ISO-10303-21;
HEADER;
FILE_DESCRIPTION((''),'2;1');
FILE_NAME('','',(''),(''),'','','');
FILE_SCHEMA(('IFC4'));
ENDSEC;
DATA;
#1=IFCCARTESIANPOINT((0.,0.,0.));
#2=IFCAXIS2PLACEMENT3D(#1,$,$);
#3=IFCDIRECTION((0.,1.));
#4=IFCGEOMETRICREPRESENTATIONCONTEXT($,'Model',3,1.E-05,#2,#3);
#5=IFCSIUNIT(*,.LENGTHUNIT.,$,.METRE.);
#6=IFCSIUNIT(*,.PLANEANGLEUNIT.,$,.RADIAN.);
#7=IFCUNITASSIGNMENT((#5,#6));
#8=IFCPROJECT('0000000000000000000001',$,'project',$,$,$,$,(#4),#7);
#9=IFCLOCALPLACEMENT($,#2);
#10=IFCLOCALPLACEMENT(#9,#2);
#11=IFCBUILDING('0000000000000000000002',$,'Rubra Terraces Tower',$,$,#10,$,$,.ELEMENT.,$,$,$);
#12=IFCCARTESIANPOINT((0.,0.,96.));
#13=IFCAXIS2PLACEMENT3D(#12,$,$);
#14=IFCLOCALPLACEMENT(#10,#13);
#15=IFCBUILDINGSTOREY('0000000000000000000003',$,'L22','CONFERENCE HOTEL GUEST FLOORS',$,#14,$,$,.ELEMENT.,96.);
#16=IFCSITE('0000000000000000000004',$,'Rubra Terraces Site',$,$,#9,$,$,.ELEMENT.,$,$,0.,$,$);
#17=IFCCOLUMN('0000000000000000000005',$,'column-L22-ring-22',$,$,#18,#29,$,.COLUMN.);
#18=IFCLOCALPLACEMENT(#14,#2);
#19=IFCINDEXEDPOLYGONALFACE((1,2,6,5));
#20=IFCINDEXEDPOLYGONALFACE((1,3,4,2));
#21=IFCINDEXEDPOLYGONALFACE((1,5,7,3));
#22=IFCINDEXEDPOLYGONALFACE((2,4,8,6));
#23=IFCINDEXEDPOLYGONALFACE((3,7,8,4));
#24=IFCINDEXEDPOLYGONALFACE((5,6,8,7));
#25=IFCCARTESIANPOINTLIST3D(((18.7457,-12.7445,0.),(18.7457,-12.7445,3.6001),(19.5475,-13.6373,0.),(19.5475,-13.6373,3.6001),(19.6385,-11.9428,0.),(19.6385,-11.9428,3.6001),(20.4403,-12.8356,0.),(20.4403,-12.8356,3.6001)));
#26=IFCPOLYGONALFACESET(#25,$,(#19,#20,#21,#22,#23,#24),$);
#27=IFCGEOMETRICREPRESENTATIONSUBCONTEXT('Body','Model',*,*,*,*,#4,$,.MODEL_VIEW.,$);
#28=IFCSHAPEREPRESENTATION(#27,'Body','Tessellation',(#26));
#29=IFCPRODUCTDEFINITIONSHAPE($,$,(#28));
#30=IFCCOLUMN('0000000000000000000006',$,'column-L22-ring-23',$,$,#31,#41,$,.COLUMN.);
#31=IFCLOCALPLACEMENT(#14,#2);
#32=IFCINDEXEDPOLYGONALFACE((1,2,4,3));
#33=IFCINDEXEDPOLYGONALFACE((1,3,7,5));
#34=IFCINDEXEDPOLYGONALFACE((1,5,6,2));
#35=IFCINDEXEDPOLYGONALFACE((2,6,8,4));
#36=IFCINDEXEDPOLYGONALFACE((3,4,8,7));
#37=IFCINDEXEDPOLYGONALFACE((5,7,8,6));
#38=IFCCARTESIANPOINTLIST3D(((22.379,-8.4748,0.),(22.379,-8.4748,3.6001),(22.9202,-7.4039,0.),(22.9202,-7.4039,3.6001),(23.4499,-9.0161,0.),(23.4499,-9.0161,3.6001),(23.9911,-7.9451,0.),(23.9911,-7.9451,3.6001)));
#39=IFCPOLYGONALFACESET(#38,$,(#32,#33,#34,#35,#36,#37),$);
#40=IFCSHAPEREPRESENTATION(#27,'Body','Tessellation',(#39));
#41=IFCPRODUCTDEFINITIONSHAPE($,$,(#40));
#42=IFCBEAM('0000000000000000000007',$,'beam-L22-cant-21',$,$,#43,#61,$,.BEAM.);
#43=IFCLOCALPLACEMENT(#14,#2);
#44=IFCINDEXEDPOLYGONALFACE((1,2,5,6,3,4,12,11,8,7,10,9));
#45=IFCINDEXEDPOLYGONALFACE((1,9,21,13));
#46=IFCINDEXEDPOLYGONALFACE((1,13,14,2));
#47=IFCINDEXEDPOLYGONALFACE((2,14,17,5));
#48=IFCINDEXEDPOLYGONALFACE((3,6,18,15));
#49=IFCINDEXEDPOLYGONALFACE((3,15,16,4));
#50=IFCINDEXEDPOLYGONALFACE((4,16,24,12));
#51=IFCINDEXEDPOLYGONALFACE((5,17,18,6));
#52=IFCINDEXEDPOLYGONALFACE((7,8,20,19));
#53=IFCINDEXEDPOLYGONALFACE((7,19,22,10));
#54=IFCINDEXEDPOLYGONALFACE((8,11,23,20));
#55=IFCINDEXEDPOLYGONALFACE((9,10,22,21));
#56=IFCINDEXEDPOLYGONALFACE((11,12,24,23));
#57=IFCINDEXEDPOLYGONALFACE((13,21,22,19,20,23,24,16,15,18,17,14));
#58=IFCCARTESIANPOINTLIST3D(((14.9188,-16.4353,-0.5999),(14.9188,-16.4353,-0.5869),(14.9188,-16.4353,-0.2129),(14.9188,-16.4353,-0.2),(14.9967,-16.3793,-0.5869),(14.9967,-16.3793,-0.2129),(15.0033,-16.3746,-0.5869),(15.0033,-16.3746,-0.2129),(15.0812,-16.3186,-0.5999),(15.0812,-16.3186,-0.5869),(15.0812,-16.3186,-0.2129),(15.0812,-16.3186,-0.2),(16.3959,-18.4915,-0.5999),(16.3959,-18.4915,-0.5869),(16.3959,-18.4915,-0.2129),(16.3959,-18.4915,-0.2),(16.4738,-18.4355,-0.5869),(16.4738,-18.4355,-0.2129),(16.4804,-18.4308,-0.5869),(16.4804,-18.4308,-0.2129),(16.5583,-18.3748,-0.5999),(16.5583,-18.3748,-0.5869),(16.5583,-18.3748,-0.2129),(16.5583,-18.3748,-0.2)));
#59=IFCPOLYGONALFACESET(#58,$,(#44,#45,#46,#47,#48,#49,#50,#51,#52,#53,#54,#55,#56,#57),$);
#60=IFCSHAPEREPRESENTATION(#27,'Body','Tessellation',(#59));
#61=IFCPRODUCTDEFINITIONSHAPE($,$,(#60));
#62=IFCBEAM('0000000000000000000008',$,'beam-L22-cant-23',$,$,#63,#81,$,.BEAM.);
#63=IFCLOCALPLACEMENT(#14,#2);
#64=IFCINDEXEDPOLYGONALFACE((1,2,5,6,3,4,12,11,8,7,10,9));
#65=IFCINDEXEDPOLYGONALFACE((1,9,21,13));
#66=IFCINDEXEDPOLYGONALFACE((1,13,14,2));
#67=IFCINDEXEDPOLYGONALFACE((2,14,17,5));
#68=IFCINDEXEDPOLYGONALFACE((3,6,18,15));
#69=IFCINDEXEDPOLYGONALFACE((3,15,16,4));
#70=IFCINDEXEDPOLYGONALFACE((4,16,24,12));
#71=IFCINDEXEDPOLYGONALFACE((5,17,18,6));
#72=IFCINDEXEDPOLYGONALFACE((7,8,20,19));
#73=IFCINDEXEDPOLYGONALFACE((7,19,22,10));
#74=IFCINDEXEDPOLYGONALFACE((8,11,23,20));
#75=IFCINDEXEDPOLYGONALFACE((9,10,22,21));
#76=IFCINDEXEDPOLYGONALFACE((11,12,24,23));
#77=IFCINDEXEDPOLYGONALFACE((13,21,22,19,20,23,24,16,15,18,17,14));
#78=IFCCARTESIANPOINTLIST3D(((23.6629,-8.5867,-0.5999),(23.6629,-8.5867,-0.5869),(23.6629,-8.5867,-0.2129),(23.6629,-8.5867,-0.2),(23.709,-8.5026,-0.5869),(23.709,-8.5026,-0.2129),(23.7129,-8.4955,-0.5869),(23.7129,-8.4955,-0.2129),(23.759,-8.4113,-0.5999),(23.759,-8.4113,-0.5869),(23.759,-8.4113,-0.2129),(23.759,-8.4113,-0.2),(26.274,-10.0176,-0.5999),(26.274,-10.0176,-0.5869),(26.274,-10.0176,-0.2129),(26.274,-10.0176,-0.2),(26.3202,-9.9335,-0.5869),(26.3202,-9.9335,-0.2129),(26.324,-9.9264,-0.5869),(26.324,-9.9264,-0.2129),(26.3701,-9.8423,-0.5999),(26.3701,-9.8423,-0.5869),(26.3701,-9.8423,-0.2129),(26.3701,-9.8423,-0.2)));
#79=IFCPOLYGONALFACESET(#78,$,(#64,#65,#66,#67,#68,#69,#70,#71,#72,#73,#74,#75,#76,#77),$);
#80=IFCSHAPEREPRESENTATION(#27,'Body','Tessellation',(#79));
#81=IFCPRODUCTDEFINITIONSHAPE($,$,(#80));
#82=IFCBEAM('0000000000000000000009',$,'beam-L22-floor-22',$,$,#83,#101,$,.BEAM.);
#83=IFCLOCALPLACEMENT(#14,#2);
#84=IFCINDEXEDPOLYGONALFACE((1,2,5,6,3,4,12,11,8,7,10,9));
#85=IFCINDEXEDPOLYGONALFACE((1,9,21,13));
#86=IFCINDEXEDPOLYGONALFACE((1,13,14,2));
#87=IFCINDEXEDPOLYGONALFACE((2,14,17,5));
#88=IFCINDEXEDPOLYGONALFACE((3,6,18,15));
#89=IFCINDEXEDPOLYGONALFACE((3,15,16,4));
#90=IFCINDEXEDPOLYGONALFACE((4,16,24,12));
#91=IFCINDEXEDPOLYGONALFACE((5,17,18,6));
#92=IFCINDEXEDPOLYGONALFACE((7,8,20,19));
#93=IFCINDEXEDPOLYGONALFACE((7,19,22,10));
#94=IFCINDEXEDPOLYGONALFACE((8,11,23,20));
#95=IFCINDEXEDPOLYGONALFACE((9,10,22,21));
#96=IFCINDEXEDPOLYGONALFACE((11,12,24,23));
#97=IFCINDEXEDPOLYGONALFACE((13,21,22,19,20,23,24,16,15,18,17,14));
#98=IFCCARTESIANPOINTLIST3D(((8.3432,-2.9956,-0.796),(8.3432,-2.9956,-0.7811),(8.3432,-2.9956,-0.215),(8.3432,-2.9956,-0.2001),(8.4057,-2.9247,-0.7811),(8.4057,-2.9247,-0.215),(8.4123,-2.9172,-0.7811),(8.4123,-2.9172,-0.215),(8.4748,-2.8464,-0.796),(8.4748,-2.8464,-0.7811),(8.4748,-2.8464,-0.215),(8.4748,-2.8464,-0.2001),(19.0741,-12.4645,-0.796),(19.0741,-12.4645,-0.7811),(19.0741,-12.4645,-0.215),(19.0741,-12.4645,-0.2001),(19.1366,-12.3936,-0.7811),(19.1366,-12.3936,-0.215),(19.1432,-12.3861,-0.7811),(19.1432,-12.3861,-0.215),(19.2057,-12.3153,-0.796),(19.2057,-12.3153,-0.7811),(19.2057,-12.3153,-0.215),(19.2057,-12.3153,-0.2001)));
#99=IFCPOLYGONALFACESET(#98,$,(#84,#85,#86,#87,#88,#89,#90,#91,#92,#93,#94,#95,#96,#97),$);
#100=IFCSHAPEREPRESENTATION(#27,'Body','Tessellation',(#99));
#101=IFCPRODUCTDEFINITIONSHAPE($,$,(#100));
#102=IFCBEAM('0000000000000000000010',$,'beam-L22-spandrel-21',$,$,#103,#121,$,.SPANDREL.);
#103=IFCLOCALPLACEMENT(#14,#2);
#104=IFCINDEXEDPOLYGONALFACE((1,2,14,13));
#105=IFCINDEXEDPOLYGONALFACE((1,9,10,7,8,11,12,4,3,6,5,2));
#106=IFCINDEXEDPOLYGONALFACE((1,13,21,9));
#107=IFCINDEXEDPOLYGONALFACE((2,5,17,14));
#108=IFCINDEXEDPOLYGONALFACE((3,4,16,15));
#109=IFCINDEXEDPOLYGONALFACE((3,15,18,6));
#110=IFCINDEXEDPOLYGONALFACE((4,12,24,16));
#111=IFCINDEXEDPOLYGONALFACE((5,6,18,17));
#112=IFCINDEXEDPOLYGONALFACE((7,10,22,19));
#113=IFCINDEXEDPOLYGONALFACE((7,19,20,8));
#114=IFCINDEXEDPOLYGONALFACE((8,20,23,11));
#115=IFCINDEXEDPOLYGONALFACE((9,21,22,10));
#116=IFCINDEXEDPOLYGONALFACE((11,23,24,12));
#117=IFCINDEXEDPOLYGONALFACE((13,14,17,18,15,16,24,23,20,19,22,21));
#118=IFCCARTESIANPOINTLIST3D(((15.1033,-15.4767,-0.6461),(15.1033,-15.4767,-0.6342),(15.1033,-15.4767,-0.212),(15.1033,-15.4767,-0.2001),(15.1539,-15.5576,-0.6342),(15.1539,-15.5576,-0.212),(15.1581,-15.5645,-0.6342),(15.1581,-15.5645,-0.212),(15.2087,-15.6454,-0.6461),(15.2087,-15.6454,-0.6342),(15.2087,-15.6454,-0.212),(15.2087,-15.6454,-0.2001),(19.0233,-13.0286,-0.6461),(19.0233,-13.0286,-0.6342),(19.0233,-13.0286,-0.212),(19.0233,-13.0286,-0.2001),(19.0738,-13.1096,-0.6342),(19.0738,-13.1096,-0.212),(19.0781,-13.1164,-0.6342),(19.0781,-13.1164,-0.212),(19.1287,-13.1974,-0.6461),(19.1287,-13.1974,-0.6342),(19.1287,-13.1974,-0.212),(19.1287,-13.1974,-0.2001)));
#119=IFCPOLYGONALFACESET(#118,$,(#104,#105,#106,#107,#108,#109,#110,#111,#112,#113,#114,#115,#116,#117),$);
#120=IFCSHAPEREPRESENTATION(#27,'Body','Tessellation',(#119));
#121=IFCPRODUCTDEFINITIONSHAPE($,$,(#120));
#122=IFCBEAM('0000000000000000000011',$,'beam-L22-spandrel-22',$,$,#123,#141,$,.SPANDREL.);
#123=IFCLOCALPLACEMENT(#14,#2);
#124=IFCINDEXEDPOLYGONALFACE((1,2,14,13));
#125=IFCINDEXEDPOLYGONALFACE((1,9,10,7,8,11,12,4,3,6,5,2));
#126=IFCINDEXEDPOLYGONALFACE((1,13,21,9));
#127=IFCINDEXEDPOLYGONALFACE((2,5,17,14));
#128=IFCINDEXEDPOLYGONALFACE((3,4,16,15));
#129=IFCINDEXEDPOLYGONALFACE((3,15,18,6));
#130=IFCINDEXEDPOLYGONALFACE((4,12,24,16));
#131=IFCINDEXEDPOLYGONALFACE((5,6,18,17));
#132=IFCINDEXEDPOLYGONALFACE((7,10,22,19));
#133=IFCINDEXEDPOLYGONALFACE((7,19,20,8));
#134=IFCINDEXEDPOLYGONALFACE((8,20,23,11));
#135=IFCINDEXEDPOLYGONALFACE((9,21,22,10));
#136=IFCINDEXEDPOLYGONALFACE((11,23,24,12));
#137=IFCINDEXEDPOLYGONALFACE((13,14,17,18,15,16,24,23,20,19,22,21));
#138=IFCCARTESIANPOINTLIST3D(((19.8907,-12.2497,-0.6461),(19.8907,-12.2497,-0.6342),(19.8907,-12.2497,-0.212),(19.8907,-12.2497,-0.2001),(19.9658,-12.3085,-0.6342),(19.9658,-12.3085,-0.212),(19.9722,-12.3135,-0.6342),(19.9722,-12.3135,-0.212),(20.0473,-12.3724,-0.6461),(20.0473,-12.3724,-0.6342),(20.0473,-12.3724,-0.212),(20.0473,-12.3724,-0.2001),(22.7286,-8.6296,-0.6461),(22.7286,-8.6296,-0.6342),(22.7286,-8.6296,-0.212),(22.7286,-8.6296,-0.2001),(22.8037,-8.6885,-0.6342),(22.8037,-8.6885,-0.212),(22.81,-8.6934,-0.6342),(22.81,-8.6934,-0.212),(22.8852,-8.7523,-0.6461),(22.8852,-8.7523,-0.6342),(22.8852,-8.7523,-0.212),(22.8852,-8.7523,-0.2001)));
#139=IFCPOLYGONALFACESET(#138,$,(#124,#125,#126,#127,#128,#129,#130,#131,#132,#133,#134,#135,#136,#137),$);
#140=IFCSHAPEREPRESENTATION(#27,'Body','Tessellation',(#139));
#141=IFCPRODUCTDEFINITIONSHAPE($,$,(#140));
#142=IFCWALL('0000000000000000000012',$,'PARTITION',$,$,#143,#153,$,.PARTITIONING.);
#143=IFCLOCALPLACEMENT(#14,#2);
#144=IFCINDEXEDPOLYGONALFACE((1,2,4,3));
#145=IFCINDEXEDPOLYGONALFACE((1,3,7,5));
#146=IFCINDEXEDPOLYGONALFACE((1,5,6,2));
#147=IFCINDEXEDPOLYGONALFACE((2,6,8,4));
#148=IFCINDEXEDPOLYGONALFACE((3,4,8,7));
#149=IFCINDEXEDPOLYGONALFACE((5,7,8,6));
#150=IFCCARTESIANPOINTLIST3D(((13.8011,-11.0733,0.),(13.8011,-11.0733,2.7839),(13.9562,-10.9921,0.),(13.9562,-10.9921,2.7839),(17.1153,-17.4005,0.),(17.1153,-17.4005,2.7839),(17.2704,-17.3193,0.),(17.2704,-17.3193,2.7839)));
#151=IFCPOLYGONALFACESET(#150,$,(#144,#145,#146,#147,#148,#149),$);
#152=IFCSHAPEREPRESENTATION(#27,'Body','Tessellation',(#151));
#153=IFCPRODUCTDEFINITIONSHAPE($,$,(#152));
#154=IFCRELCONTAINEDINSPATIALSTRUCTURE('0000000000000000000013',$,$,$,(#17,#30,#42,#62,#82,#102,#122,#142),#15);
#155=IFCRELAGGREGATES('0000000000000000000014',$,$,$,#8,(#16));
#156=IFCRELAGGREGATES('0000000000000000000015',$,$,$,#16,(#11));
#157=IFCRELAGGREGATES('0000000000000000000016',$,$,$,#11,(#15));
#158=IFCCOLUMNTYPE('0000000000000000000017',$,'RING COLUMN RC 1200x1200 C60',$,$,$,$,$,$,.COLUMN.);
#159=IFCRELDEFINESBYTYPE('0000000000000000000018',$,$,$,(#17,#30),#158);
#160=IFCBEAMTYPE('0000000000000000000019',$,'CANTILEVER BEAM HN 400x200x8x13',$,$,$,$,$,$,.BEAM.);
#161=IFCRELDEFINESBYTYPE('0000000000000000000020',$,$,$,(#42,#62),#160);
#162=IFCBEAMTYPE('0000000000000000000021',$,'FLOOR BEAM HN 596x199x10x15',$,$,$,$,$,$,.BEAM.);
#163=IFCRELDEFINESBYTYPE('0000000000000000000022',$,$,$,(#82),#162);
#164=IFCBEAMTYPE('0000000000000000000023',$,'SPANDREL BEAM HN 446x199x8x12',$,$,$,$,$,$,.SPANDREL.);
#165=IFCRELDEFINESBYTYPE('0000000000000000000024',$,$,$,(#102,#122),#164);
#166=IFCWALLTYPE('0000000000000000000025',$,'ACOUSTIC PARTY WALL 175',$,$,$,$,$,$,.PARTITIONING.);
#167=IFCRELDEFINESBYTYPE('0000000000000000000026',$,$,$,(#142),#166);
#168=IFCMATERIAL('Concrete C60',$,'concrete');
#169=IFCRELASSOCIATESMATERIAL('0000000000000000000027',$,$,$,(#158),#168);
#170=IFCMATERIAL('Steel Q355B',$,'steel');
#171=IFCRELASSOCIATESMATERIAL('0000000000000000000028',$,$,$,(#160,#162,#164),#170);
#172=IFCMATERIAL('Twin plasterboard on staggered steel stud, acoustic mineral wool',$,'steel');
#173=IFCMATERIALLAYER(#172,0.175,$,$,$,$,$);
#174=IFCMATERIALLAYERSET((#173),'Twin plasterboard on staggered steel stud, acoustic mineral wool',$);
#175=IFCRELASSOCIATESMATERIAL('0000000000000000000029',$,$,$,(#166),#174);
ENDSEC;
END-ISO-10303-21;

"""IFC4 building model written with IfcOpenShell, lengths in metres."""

from ifc_helpers import new_model, si_unit, direction, frame, frame_2d, origin, origin_2d, place, context, subcontext, project, spatial, rectangle, i_section, extrude, material, layer, layer_set, material_profile, profile_set, type_object, element, save


model = new_model("IFC4")

# Units and contexts
model_context = context("Model", 3, precision=1e-05, world=origin(), true_north=direction((0.0, 1.0)))
body_context = subcontext(model_context, "Body", "Model", "MODEL_VIEW")
ifc_project = project(units=[si_unit("LENGTHUNIT", "METRE"), si_unit("PLANEANGLEUNIT", "RADIAN")], contexts=[model_context])

# Site, building, storey
site_placement = place(None, origin())
site = spatial("IfcSite", under=ifc_project, at=site_placement, Name="Rubra Terraces Site", CompositionType="ELEMENT", RefElevation=0.0)
building_placement = place(site_placement, origin())
building = spatial("IfcBuilding", under=site, at=building_placement, Name="Rubra Terraces Tower", CompositionType="ELEMENT")
storey_placement = place(building_placement, frame((0.0, 0.0, 96.0)))
storey = spatial("IfcBuildingStorey", under=building, at=storey_placement, Name="L22", Description="CONFERENCE HOTEL GUEST FLOORS", CompositionType="ELEMENT", Elevation=96.0)

# Columns
ifc_material_1 = material(Name="Concrete C60", Category="concrete")
ifc_material_profile_1 = material_profile(ifc_material_1, rectangle(XDim=1.2, YDim=1.2, at=origin_2d()), Name="RC 1200x1200")
ifc_profile_set_1 = profile_set([ifc_material_profile_1], Name="Concrete C60")
column_type = type_object("IfcColumnType", Name="RING COLUMN RC 1200x1200 C60", PredefinedType="COLUMN", material=ifc_profile_set_1)
for number, where, z_axis, x_axis, name in (
    (1, (19.593, -12.79, 0.0), (0.0, 0.0, 1.0), (0.744021, 0.668156, 0.0), "column-L22-ring-22"),
    (2, (23.1851, -8.21, 0.0), (0.0, 0.0, 1.0), (0.451028, 0.89251, 0.0), "column-L22-ring-23"),
):
    element("IfcColumn", number, at=place(storey_placement, frame(where, z_axis=z_axis, x_axis=x_axis)), inside=storey, type_object=column_type, Name=name, PredefinedType="COLUMN", context=body_context, shape_type="SweptSolid", body=[
        extrude(rectangle(XDim=1.2, YDim=1.2, at=origin_2d()), origin(), (0.0, 0.0, 1.0), 3.6001),
    ])

# Beams
ifc_material_2 = material(Name="Steel Q355B", Category="steel")
ifc_material_profile_2 = material_profile(ifc_material_2, i_section(OverallWidth=0.2, OverallDepth=0.3999, WebThickness=0.0081, FlangeThickness=0.0129, at=origin_2d()), Name="HN 400x200x8x13")
ifc_profile_set_2 = profile_set([ifc_material_profile_2], Name="Steel Q355B")
beam_type_1 = type_object("IfcBeamType", Name="CANTILEVER BEAM HN 400x200x8x13", PredefinedType="BEAM", material=ifc_profile_set_2)
beam_1_placement = place(storey_placement, frame((15.0, -16.377, -0.3999), z_axis=(0.583425, -0.812167, 0.0), x_axis=(0.812167, 0.583425, 0.0)))
element("IfcBeam", 3, at=beam_1_placement, inside=storey, type_object=beam_type_1, Name="beam-L22-cant-21", PredefinedType="BEAM", context=body_context, shape_type="SweptSolid", body=[
    extrude(i_section(OverallWidth=0.2, OverallDepth=0.3999, WebThickness=0.0081, FlangeThickness=0.0129, at=origin_2d()), origin(), (0.0, 0.0, 1.0), 2.5317),
])
beam_2_placement = place(storey_placement, frame((23.7109, -8.499, -0.3999), z_axis=(0.876951, -0.48058, 0.0), x_axis=(0.48058, 0.876951, 0.0)))
element("IfcBeam", 4, at=beam_2_placement, inside=storey, type_object=beam_type_1, Name="beam-L22-cant-23", PredefinedType="BEAM", context=body_context, shape_type="SweptSolid", body=[
    extrude(i_section(OverallWidth=0.2, OverallDepth=0.3999, WebThickness=0.0081, FlangeThickness=0.0129, at=origin_2d()), origin(), (0.0, 0.0, 1.0), 2.9775),
])
ifc_material_profile_3 = material_profile(ifc_material_2, i_section(OverallWidth=0.199, OverallDepth=0.5959, WebThickness=0.01, FlangeThickness=0.0149, at=origin_2d()), Name="HN 596x199x10x15")
ifc_profile_set_3 = profile_set([ifc_material_profile_3], Name="Steel Q355B")
beam_type_2 = type_object("IfcBeamType", Name="FLOOR BEAM HN 596x199x10x15", PredefinedType="BEAM", material=ifc_profile_set_3)
beam_3_placement = place(storey_placement, frame((19.1399, -12.3899, -0.498), z_axis=(-0.74982, 0.661641, 0.0), x_axis=(-0.661641, -0.74982, 0.0)))
element("IfcBeam", 5, at=beam_3_placement, inside=storey, type_object=beam_type_2, Name="beam-L22-floor-22", PredefinedType="BEAM", context=body_context, shape_type="SweptSolid", body=[
    extrude(i_section(OverallWidth=0.199, OverallDepth=0.5959, WebThickness=0.01, FlangeThickness=0.0149, at=origin_2d()), origin(), (0.0, 0.0, 1.0), 14.3113),
])
ifc_material_profile_4 = material_profile(ifc_material_2, i_section(OverallWidth=0.199, OverallDepth=0.446, WebThickness=0.0081, FlangeThickness=0.012, at=origin_2d()), Name="HN 446x199x8x12")
ifc_profile_set_4 = profile_set([ifc_material_profile_4], Name="Steel Q355B")
beam_type_3 = type_object("IfcBeamType", Name="SPANDREL BEAM HN 446x199x8x12", PredefinedType="SPANDREL", material=ifc_profile_set_4)
beam_4_placement = place(storey_placement, frame((15.156, -15.561, -0.4231), z_axis=(0.848188, 0.529695, 0.0), x_axis=(-0.529695, 0.848188, 0.0)))
element("IfcBeam", 6, at=beam_4_placement, inside=storey, type_object=beam_type_3, Name="beam-L22-spandrel-21", PredefinedType="SPANDREL", context=body_context, shape_type="SweptSolid", body=[
    extrude(i_section(OverallWidth=0.199, OverallDepth=0.446, WebThickness=0.0081, FlangeThickness=0.012, at=origin_2d()), origin(), (0.0, 0.0, 1.0), 4.6216),
])
beam_5_placement = place(storey_placement, frame((19.969, -12.311, -0.4231), z_axis=(0.616949, 0.787003, 0.0), x_axis=(-0.787003, 0.616949, 0.0)))
element("IfcBeam", 7, at=beam_5_placement, inside=storey, type_object=beam_type_3, Name="beam-L22-spandrel-22", PredefinedType="SPANDREL", context=body_context, shape_type="SweptSolid", body=[
    extrude(i_section(OverallWidth=0.199, OverallDepth=0.446, WebThickness=0.0081, FlangeThickness=0.012, at=origin_2d()), origin(), (0.0, 0.0, 1.0), 4.5999),
])

# Wall
ifc_material_3 = material(Name="Twin plasterboard on staggered steel stud, acoustic mineral wool", Category="steel")
ifc_layer_1 = layer(ifc_material_3, 0.175)
ifc_layer_set_1 = layer_set([ifc_layer_1], Name="Twin plasterboard on staggered steel stud, acoustic mineral wool")
wall_type_1 = type_object("IfcWallType", Name="ACOUSTIC PARTY WALL 175", PredefinedType="PARTITIONING", material=ifc_layer_set_1)
wall_1_placement = place(storey_placement, frame((17.1929, -17.3599, 0.0), z_axis=(0.0, 0.0, 1.0), x_axis=(-0.464006, 0.885832, 0.0)))
element("IfcWall", 8, at=wall_1_placement, inside=storey, type_object=wall_type_1, Name="PARTITION", PredefinedType="PARTITIONING", context=body_context, shape_type="SweptSolid", body=[
    extrude(rectangle(XDim=7.1426, YDim=0.175, at=frame_2d((3.5713, 0.0))), origin(), (0.0, 0.0, 1.0), 2.7839),
])

save(model, "model.ifc")
